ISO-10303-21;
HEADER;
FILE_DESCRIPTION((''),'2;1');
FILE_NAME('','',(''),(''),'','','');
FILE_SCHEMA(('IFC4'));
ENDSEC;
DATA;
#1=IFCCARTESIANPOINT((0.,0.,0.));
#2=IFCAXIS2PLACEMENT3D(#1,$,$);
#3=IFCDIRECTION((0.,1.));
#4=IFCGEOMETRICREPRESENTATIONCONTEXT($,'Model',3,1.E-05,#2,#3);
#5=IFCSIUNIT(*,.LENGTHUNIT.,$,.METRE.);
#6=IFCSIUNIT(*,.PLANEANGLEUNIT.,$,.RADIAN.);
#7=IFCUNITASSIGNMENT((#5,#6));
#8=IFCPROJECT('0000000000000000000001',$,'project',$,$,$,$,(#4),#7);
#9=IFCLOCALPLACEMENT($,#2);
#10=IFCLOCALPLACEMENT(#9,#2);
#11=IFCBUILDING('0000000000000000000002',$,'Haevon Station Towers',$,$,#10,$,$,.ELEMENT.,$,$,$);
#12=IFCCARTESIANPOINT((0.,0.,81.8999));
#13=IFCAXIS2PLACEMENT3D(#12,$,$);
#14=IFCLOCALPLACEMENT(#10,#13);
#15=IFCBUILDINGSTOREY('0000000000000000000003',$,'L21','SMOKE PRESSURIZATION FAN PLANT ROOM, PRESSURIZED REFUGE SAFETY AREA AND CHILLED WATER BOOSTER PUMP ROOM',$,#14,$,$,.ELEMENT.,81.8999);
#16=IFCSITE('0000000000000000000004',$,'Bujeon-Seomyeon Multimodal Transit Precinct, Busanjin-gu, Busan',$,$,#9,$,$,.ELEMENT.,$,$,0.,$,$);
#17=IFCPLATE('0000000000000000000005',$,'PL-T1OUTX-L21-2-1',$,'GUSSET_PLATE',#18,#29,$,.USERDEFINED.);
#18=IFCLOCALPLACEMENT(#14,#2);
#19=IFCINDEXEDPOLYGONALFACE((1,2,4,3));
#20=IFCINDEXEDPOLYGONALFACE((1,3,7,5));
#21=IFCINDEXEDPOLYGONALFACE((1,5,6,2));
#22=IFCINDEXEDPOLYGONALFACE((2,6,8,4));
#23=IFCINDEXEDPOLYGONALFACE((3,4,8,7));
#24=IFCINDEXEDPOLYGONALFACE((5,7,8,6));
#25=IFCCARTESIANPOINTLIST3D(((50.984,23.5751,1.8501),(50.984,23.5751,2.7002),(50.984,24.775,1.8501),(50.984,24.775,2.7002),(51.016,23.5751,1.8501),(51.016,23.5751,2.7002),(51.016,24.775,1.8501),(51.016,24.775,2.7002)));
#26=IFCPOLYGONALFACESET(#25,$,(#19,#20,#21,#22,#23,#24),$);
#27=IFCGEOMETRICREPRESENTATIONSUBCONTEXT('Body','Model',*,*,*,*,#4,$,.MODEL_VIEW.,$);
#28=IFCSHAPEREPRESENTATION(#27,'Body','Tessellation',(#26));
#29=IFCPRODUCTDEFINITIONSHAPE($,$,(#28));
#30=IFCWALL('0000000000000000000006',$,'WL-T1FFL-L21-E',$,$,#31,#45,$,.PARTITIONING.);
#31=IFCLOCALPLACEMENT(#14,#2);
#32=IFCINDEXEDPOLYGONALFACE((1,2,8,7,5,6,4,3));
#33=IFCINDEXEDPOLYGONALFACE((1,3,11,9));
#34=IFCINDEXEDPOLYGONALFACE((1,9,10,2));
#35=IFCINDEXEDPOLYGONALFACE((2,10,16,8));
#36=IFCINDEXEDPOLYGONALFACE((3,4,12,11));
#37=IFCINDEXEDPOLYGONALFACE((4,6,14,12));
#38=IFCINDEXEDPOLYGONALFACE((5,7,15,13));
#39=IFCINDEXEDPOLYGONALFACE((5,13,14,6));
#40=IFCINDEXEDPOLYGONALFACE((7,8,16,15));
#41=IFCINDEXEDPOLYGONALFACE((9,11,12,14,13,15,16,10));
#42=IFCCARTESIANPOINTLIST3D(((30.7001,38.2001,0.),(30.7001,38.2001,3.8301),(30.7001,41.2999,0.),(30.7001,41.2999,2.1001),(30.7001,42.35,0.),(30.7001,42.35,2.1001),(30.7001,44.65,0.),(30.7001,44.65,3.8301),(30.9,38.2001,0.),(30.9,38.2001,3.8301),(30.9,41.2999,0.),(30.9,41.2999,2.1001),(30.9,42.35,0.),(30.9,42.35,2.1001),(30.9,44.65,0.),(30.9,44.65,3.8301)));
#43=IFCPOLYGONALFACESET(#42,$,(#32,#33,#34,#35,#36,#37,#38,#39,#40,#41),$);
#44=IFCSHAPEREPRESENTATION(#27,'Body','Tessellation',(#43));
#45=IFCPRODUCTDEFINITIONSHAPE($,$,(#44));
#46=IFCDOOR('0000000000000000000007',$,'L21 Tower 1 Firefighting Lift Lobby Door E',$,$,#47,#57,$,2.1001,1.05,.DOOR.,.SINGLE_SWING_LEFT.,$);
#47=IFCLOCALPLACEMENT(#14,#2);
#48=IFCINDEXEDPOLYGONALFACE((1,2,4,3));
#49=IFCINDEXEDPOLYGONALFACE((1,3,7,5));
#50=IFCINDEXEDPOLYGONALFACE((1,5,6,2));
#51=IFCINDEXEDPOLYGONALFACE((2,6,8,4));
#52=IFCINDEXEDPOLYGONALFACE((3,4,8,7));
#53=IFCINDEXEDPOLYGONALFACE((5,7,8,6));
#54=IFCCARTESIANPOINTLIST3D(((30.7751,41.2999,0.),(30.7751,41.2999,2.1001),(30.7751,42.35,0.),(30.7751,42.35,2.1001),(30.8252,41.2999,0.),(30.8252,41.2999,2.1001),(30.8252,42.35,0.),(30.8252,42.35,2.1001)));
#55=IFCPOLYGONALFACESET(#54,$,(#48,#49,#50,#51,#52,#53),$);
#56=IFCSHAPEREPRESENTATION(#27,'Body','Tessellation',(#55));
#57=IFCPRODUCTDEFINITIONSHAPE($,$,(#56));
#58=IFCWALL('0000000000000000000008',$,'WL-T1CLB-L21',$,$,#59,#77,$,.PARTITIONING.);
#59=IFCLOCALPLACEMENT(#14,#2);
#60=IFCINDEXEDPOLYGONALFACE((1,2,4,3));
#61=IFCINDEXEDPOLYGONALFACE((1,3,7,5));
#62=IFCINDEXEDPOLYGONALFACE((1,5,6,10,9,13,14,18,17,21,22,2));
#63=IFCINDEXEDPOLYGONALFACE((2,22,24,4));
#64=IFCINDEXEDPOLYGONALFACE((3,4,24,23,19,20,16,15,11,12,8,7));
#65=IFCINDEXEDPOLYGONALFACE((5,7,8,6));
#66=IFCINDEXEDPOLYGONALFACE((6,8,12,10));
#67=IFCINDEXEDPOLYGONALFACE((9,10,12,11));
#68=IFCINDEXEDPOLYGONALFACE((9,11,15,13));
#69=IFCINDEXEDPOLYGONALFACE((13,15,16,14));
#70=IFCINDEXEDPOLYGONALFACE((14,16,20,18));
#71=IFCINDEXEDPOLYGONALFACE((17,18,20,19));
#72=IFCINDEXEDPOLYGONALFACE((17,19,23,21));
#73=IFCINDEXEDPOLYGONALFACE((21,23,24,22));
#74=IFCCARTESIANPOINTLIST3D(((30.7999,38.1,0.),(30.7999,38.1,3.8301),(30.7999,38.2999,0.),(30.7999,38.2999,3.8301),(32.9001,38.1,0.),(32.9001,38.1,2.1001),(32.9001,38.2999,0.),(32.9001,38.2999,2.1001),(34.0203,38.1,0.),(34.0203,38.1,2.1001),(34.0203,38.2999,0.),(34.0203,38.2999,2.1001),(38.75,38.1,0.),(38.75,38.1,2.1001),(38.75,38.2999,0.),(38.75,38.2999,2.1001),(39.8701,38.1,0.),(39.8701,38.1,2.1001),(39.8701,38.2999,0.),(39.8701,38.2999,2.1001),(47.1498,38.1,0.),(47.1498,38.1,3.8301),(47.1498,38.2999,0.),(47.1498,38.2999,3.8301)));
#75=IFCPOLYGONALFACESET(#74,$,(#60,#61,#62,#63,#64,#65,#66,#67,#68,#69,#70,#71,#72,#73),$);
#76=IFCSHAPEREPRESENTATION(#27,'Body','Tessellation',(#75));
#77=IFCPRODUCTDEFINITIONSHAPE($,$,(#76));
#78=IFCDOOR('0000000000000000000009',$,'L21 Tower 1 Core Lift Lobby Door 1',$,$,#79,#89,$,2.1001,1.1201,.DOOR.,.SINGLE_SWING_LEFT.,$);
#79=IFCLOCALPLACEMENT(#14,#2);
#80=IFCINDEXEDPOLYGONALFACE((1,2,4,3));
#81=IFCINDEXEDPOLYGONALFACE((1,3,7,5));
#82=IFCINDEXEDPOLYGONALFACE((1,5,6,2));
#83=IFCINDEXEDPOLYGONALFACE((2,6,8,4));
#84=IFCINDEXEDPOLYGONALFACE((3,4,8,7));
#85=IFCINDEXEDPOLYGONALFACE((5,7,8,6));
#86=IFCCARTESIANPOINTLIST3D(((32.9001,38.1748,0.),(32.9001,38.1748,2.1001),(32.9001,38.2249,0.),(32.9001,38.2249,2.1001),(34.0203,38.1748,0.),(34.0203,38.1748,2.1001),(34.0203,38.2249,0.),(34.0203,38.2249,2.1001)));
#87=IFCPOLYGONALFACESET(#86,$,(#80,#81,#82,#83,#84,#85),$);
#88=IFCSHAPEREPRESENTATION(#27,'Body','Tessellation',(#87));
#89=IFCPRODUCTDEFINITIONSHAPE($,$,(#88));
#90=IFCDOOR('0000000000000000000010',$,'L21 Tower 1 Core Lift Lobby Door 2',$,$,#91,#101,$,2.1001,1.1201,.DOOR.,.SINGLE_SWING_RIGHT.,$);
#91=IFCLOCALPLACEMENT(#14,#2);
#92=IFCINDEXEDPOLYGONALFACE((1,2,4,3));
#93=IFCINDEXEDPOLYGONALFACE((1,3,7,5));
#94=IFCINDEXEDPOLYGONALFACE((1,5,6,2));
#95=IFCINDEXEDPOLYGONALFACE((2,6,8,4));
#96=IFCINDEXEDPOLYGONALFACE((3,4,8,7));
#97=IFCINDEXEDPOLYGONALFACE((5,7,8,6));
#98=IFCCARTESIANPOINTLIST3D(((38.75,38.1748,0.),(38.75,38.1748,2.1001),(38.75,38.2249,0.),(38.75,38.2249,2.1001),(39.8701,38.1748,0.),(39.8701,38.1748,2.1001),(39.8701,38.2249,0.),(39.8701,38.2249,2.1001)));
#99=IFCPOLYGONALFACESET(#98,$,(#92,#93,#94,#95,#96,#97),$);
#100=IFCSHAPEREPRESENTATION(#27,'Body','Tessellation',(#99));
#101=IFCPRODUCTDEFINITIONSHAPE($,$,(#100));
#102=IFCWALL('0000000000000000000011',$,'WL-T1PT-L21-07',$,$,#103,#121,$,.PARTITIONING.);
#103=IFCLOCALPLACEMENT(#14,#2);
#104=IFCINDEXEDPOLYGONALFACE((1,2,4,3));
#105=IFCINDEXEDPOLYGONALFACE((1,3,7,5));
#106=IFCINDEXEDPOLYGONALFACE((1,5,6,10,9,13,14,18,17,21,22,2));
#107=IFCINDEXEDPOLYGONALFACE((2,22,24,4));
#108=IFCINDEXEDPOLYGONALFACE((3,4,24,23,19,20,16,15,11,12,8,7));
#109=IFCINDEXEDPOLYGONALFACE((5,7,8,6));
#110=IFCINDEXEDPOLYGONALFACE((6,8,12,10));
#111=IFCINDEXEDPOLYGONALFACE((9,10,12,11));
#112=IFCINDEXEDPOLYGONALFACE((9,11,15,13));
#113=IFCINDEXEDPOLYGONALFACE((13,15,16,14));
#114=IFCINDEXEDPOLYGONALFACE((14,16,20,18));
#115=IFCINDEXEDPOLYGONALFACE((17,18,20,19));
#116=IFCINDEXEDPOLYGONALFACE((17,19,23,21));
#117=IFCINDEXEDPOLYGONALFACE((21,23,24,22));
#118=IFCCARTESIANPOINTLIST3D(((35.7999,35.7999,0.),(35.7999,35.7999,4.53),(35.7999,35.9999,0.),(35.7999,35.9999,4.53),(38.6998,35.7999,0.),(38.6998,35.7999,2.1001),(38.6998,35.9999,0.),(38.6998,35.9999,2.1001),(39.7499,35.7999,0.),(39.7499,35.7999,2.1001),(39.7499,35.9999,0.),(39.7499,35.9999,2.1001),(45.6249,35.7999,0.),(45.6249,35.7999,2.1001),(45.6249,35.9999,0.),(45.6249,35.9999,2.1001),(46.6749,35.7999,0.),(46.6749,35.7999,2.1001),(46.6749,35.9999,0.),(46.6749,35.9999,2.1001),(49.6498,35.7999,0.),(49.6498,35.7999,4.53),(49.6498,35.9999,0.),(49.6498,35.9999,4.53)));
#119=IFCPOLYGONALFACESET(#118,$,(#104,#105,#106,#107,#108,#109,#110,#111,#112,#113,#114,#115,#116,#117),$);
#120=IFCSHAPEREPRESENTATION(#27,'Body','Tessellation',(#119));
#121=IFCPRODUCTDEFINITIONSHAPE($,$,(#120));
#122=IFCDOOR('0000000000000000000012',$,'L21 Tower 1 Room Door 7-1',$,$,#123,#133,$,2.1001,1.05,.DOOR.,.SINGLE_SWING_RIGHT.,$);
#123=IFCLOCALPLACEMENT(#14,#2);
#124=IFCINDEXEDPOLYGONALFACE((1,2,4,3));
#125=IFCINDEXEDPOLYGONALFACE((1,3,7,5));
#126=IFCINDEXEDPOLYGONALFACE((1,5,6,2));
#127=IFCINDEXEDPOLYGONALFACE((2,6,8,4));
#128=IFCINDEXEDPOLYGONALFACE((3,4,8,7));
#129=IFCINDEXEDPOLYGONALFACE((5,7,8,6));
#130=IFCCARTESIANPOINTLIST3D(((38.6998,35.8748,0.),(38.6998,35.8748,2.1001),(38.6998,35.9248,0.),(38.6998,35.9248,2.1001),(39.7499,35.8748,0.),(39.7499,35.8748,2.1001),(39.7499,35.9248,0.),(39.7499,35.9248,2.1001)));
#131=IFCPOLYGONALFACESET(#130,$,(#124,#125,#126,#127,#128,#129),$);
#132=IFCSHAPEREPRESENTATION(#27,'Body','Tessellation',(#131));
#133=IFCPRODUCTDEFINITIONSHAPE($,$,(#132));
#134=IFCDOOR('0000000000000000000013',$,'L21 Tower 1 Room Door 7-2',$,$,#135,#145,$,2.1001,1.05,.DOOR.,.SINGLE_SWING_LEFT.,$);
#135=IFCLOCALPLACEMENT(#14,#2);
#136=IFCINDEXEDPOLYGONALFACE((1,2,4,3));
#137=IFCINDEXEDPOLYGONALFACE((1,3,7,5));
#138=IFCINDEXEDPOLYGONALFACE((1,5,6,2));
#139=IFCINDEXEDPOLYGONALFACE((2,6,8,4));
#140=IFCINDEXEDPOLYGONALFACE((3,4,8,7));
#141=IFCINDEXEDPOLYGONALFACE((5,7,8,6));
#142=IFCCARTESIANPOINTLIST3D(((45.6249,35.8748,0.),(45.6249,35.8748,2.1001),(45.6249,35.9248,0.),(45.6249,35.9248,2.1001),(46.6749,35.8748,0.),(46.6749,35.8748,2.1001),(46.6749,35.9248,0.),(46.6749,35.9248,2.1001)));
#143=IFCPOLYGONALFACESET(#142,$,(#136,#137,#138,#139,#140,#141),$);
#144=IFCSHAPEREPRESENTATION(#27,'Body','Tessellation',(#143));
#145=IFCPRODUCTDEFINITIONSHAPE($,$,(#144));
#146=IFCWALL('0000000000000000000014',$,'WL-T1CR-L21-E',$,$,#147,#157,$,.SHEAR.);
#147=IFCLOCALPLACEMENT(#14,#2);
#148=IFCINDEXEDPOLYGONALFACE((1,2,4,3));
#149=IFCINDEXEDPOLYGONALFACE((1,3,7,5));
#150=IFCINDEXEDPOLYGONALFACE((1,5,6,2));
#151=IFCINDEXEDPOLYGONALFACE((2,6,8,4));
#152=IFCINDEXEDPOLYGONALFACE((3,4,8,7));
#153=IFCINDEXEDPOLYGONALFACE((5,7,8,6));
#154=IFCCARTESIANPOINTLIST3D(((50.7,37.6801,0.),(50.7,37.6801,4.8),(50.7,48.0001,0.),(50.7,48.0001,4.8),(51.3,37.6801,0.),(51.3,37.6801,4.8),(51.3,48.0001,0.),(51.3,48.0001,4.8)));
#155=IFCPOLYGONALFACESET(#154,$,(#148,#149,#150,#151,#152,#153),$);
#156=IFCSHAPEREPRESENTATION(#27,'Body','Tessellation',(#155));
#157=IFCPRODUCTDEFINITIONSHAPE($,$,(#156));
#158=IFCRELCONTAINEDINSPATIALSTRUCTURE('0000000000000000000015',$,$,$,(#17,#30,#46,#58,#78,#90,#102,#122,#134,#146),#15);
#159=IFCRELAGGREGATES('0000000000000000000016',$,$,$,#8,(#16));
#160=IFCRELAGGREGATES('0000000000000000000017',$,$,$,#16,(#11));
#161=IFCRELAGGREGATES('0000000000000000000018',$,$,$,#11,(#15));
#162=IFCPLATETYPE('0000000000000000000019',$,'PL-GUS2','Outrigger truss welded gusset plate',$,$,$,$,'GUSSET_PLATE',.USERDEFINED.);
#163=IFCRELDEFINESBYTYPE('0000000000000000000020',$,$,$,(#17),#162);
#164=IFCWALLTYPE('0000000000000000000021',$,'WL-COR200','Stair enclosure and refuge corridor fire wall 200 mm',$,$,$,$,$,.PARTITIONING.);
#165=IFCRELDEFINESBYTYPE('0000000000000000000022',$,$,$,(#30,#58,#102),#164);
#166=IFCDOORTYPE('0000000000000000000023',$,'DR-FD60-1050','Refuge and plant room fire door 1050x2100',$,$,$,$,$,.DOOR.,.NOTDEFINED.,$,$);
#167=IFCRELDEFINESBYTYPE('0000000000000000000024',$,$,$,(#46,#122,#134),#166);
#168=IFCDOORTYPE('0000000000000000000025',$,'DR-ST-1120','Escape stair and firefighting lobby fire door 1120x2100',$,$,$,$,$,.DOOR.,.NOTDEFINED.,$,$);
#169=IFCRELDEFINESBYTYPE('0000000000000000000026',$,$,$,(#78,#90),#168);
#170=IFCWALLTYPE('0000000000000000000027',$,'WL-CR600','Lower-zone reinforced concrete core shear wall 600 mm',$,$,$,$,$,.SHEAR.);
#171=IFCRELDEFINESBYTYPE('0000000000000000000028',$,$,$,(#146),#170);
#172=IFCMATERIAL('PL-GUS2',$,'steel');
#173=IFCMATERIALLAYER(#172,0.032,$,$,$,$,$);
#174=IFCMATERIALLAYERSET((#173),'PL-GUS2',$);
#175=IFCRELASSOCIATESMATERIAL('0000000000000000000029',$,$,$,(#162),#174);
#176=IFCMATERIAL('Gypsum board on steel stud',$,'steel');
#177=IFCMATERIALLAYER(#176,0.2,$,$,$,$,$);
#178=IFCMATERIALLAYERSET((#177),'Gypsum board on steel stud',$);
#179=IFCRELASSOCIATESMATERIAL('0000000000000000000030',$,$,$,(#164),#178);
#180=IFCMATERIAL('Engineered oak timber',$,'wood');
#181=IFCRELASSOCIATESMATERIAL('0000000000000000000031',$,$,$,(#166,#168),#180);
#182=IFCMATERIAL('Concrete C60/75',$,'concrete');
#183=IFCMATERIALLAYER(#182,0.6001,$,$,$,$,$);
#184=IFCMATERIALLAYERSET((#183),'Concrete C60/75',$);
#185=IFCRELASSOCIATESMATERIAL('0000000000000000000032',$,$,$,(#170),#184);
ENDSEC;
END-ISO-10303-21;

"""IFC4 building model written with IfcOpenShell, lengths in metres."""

from ifc_helpers import new_model, si_unit, direction, frame, frame_2d, origin, origin_2d, place, context, subcontext, project, spatial, rectangle, extrude, material, layer, layer_set, type_object, element, fill, save


model = new_model("IFC4")

# Units and contexts
model_context = context("Model", 3, precision=1e-05, world=origin(), true_north=direction((0.0, 1.0)))
body_context = subcontext(model_context, "Body", "Model", "MODEL_VIEW")
ifc_project = project(units=[si_unit("LENGTHUNIT", "METRE"), si_unit("PLANEANGLEUNIT", "RADIAN")], contexts=[model_context])

# Site, building, storey
site_placement = place(None, origin())
site = spatial("IfcSite", under=ifc_project, at=site_placement, Name="Bujeon-Seomyeon Multimodal Transit Precinct, Busanjin-gu, Busan", CompositionType="ELEMENT", RefElevation=0.0)
building_placement = place(site_placement, origin())
building = spatial("IfcBuilding", under=site, at=building_placement, Name="Haevon Station Towers", CompositionType="ELEMENT")
storey_placement = place(building_placement, frame((0.0, 0.0, 81.8999)))
storey = spatial("IfcBuildingStorey", under=building, at=storey_placement, Name="L21", Description="SMOKE PRESSURIZATION FAN PLANT ROOM, PRESSURIZED REFUGE SAFETY AREA AND CHILLED WATER BOOSTER PUMP ROOM", CompositionType="ELEMENT", Elevation=81.8999)

# Plate
ifc_material_1 = material(Name="PL-GUS2", Category="steel")
ifc_layer_1 = layer(ifc_material_1, 0.032)
ifc_layer_set_1 = layer_set([ifc_layer_1], Name="PL-GUS2")
plate_type = type_object("IfcPlateType", Name="PL-GUS2", Description="Outrigger truss welded gusset plate", ElementType="GUSSET_PLATE", PredefinedType="USERDEFINED", material=ifc_layer_set_1)
plate_placement = place(storey_placement, frame((51.0, 24.175, 1.8501), z_axis=(0.0, 0.0, 1.0), x_axis=(0.0, 1.0, 0.0)))
element("IfcPlate", 1, at=plate_placement, inside=storey, type_object=plate_type, Name="PL-T1OUTX-L21-2-1", ObjectType="GUSSET_PLATE", PredefinedType="USERDEFINED", context=body_context, shape_type="SweptSolid", body=[
    extrude(rectangle(XDim=1.2, YDim=0.032, at=origin_2d()), origin(), (0.0, 0.0, 1.0), 0.8501),
])

# Wall, opening, door
ifc_material_2 = material(Name="Gypsum board on steel stud", Category="steel")
ifc_layer_2 = layer(ifc_material_2, 0.2)
ifc_layer_set_2 = layer_set([ifc_layer_2], Name="Gypsum board on steel stud")
wall_type_1 = type_object("IfcWallType", Name="WL-COR200", Description="Stair enclosure and refuge corridor fire wall 200 mm", PredefinedType="PARTITIONING", material=ifc_layer_set_2)
wall_1_placement = place(storey_placement, frame((30.8, 38.2, 0.0), z_axis=(0.0, 0.0, 1.0), x_axis=(0.0, 1.0, 0.0)))
wall_1 = element("IfcWall", 2, at=wall_1_placement, inside=storey, type_object=wall_type_1, Name="WL-T1FFL-L21-E", PredefinedType="PARTITIONING", context=body_context, shape_type="SweptSolid", body=[
    extrude(rectangle(XDim=6.45, YDim=0.2, at=frame_2d((3.2251, 0.0))), origin(), (0.0, 0.0, 1.0), 3.8301),
])
opening_1_placement = place(wall_1_placement, frame((3.1001, 0.0, 0.0)))
opening_1 = element("IfcOpeningElement", 3, at=opening_1_placement, cuts=wall_1, PredefinedType="OPENING", context=body_context, shape_type="SweptSolid", body=[
    extrude(rectangle(XDim=1.05, YDim=2.1001, at=frame_2d((0.5249, 1.05))), frame((0.0, 0.1099, 0.0), z_axis=(0.0, -1.0, 0.0), x_axis=(1.0, 0.0, 0.0)), (0.0, 0.0, 1.0), 0.22),
])
ifc_material_3 = material(Name="Engineered oak timber", Category="wood")
door_type_1 = type_object("IfcDoorType", Name="DR-FD60-1050", Description="Refuge and plant room fire door 1050x2100", OperationType="NOTDEFINED", PredefinedType="DOOR", material=ifc_material_3)
door_1_placement = place(opening_1_placement, origin())
door_1 = element("IfcDoor", 4, at=door_1_placement, inside=storey, type_object=door_type_1, Name="L21 Tower 1 Firefighting Lift Lobby Door E", OperationType="SINGLE_SWING_LEFT", OverallHeight=2.1001, OverallWidth=1.05, PredefinedType="DOOR", context=body_context, shape_type="SweptSolid", body=[
    extrude(rectangle(XDim=1.05, YDim=2.1001, at=frame_2d((0.5249, 1.05))), frame((0.0, 0.0249, 0.0), z_axis=(0.0, -1.0, 0.0), x_axis=(1.0, 0.0, 0.0)), (0.0, 0.0, 1.0), 0.05),
])
fill(opening_1, door_1)

# Walls, openings, doors
wall_2_placement = place(storey_placement, frame((30.8, 38.2, 0.0), z_axis=(0.0, 0.0, 1.0), x_axis=(1.0, 0.0, 0.0)))
wall_2 = element("IfcWall", 5, at=wall_2_placement, inside=storey, type_object=wall_type_1, Name="WL-T1CLB-L21", PredefinedType="PARTITIONING", context=body_context, shape_type="SweptSolid", body=[
    extrude(rectangle(XDim=16.3499, YDim=0.2, at=frame_2d((8.1748, 0.0))), origin(), (0.0, 0.0, 1.0), 3.8301),
])
opening_2_placement = place(wall_2_placement, frame((2.1001, 0.0, 0.0)))
opening_2 = element("IfcOpeningElement", 6, at=opening_2_placement, cuts=wall_2, PredefinedType="OPENING", context=body_context, shape_type="SweptSolid", body=[
    extrude(rectangle(XDim=1.1201, YDim=2.1001, at=frame_2d((0.5601, 1.05))), frame((0.0, 0.1099, 0.0), z_axis=(0.0, -1.0, 0.0), x_axis=(1.0, 0.0, 0.0)), (0.0, 0.0, 1.0), 0.22),
])
opening_3_placement = place(wall_2_placement, frame((7.95, 0.0, 0.0)))
opening_3 = element("IfcOpeningElement", 7, at=opening_3_placement, cuts=wall_2, PredefinedType="OPENING", context=body_context, shape_type="SweptSolid", body=[
    extrude(rectangle(XDim=1.1201, YDim=2.1001, at=frame_2d((0.5601, 1.05))), frame((0.0, 0.1099, 0.0), z_axis=(0.0, -1.0, 0.0), x_axis=(1.0, 0.0, 0.0)), (0.0, 0.0, 1.0), 0.22),
])
door_type_2 = type_object("IfcDoorType", Name="DR-ST-1120", Description="Escape stair and firefighting lobby fire door 1120x2100", OperationType="NOTDEFINED", PredefinedType="DOOR", material=ifc_material_3)
door_2_placement = place(opening_2_placement, origin())
door_2 = element("IfcDoor", 8, at=door_2_placement, inside=storey, type_object=door_type_2, Name="L21 Tower 1 Core Lift Lobby Door 1", OperationType="SINGLE_SWING_LEFT", OverallHeight=2.1001, OverallWidth=1.1201, PredefinedType="DOOR", context=body_context, shape_type="SweptSolid", body=[
    extrude(rectangle(XDim=1.1201, YDim=2.1001, at=frame_2d((0.5601, 1.05))), frame((0.0, 0.0249, 0.0), z_axis=(0.0, -1.0, 0.0), x_axis=(1.0, 0.0, 0.0)), (0.0, 0.0, 1.0), 0.05),
])
fill(opening_2, door_2)
door_3_placement = place(opening_3_placement, origin())
door_3 = element("IfcDoor", 9, at=door_3_placement, inside=storey, type_object=door_type_2, Name="L21 Tower 1 Core Lift Lobby Door 2", OperationType="SINGLE_SWING_RIGHT", OverallHeight=2.1001, OverallWidth=1.1201, PredefinedType="DOOR", context=body_context, shape_type="SweptSolid", body=[
    extrude(rectangle(XDim=1.1201, YDim=2.1001, at=frame_2d((0.5601, 1.05))), frame((0.0, 0.0249, 0.0), z_axis=(0.0, -1.0, 0.0), x_axis=(1.0, 0.0, 0.0)), (0.0, 0.0, 1.0), 0.05),
])
fill(opening_3, door_3)
wall_3_placement = place(storey_placement, frame((35.8, 35.8999, 0.0), z_axis=(0.0, 0.0, 1.0), x_axis=(1.0, 0.0, 0.0)))
wall_3 = element("IfcWall", 10, at=wall_3_placement, inside=storey, type_object=wall_type_1, Name="WL-T1PT-L21-07", PredefinedType="PARTITIONING", context=body_context, shape_type="SweptSolid", body=[
    extrude(rectangle(XDim=13.8499, YDim=0.2, at=frame_2d((6.9248, 0.0))), origin(), (0.0, 0.0, 1.0), 4.53),
])
opening_4_placement = place(wall_3_placement, frame((2.8999, 0.0, 0.0)))
opening_4 = element("IfcOpeningElement", 11, at=opening_4_placement, cuts=wall_3, PredefinedType="OPENING", context=body_context, shape_type="SweptSolid", body=[
    extrude(rectangle(XDim=1.05, YDim=2.1001, at=frame_2d((0.5249, 1.05))), frame((0.0, 0.1099, 0.0), z_axis=(0.0, -1.0, 0.0), x_axis=(1.0, 0.0, 0.0)), (0.0, 0.0, 1.0), 0.22),
])
opening_5_placement = place(wall_3_placement, frame((9.825, 0.0, 0.0)))
opening_5 = element("IfcOpeningElement", 12, at=opening_5_placement, cuts=wall_3, PredefinedType="OPENING", context=body_context, shape_type="SweptSolid", body=[
    extrude(rectangle(XDim=1.05, YDim=2.1001, at=frame_2d((0.5249, 1.05))), frame((0.0, 0.1099, 0.0), z_axis=(0.0, -1.0, 0.0), x_axis=(1.0, 0.0, 0.0)), (0.0, 0.0, 1.0), 0.22),
])
door_4_placement = place(opening_4_placement, origin())
door_4 = element("IfcDoor", 13, at=door_4_placement, inside=storey, type_object=door_type_1, Name="L21 Tower 1 Room Door 7-1", OperationType="SINGLE_SWING_RIGHT", OverallHeight=2.1001, OverallWidth=1.05, PredefinedType="DOOR", context=body_context, shape_type="SweptSolid", body=[
    extrude(rectangle(XDim=1.05, YDim=2.1001, at=frame_2d((0.5249, 1.05))), frame((0.0, 0.0249, 0.0), z_axis=(0.0, -1.0, 0.0), x_axis=(1.0, 0.0, 0.0)), (0.0, 0.0, 1.0), 0.05),
])
fill(opening_4, door_4)
door_5_placement = place(opening_5_placement, origin())
door_5 = element("IfcDoor", 14, at=door_5_placement, inside=storey, type_object=door_type_1, Name="L21 Tower 1 Room Door 7-2", OperationType="SINGLE_SWING_LEFT", OverallHeight=2.1001, OverallWidth=1.05, PredefinedType="DOOR", context=body_context, shape_type="SweptSolid", body=[
    extrude(rectangle(XDim=1.05, YDim=2.1001, at=frame_2d((0.5249, 1.05))), frame((0.0, 0.0249, 0.0), z_axis=(0.0, -1.0, 0.0), x_axis=(1.0, 0.0, 0.0)), (0.0, 0.0, 1.0), 0.05),
])
fill(opening_5, door_5)

# Wall
ifc_material_4 = material(Name="Concrete C60/75", Category="concrete")
ifc_layer_3 = layer(ifc_material_4, 0.6001)
ifc_layer_set_3 = layer_set([ifc_layer_3], Name="Concrete C60/75")
wall_type_2 = type_object("IfcWallType", Name="WL-CR600", Description="Lower-zone reinforced concrete core shear wall 600 mm", PredefinedType="SHEAR", material=ifc_layer_set_3)
wall_4_placement = place(storey_placement, frame((51.0, 37.6799, 0.0), z_axis=(0.0, 0.0, 1.0), x_axis=(0.0, 1.0, 0.0)))
element("IfcWall", 15, at=wall_4_placement, inside=storey, type_object=wall_type_2, Name="WL-T1CR-L21-E", PredefinedType="SHEAR", context=body_context, shape_type="SweptSolid", body=[
    extrude(rectangle(XDim=10.3201, YDim=0.6001, at=frame_2d((5.1602, 0.0))), origin(), (0.0, 0.0, 1.0), 4.8),
])

save(model, "model.ifc")
